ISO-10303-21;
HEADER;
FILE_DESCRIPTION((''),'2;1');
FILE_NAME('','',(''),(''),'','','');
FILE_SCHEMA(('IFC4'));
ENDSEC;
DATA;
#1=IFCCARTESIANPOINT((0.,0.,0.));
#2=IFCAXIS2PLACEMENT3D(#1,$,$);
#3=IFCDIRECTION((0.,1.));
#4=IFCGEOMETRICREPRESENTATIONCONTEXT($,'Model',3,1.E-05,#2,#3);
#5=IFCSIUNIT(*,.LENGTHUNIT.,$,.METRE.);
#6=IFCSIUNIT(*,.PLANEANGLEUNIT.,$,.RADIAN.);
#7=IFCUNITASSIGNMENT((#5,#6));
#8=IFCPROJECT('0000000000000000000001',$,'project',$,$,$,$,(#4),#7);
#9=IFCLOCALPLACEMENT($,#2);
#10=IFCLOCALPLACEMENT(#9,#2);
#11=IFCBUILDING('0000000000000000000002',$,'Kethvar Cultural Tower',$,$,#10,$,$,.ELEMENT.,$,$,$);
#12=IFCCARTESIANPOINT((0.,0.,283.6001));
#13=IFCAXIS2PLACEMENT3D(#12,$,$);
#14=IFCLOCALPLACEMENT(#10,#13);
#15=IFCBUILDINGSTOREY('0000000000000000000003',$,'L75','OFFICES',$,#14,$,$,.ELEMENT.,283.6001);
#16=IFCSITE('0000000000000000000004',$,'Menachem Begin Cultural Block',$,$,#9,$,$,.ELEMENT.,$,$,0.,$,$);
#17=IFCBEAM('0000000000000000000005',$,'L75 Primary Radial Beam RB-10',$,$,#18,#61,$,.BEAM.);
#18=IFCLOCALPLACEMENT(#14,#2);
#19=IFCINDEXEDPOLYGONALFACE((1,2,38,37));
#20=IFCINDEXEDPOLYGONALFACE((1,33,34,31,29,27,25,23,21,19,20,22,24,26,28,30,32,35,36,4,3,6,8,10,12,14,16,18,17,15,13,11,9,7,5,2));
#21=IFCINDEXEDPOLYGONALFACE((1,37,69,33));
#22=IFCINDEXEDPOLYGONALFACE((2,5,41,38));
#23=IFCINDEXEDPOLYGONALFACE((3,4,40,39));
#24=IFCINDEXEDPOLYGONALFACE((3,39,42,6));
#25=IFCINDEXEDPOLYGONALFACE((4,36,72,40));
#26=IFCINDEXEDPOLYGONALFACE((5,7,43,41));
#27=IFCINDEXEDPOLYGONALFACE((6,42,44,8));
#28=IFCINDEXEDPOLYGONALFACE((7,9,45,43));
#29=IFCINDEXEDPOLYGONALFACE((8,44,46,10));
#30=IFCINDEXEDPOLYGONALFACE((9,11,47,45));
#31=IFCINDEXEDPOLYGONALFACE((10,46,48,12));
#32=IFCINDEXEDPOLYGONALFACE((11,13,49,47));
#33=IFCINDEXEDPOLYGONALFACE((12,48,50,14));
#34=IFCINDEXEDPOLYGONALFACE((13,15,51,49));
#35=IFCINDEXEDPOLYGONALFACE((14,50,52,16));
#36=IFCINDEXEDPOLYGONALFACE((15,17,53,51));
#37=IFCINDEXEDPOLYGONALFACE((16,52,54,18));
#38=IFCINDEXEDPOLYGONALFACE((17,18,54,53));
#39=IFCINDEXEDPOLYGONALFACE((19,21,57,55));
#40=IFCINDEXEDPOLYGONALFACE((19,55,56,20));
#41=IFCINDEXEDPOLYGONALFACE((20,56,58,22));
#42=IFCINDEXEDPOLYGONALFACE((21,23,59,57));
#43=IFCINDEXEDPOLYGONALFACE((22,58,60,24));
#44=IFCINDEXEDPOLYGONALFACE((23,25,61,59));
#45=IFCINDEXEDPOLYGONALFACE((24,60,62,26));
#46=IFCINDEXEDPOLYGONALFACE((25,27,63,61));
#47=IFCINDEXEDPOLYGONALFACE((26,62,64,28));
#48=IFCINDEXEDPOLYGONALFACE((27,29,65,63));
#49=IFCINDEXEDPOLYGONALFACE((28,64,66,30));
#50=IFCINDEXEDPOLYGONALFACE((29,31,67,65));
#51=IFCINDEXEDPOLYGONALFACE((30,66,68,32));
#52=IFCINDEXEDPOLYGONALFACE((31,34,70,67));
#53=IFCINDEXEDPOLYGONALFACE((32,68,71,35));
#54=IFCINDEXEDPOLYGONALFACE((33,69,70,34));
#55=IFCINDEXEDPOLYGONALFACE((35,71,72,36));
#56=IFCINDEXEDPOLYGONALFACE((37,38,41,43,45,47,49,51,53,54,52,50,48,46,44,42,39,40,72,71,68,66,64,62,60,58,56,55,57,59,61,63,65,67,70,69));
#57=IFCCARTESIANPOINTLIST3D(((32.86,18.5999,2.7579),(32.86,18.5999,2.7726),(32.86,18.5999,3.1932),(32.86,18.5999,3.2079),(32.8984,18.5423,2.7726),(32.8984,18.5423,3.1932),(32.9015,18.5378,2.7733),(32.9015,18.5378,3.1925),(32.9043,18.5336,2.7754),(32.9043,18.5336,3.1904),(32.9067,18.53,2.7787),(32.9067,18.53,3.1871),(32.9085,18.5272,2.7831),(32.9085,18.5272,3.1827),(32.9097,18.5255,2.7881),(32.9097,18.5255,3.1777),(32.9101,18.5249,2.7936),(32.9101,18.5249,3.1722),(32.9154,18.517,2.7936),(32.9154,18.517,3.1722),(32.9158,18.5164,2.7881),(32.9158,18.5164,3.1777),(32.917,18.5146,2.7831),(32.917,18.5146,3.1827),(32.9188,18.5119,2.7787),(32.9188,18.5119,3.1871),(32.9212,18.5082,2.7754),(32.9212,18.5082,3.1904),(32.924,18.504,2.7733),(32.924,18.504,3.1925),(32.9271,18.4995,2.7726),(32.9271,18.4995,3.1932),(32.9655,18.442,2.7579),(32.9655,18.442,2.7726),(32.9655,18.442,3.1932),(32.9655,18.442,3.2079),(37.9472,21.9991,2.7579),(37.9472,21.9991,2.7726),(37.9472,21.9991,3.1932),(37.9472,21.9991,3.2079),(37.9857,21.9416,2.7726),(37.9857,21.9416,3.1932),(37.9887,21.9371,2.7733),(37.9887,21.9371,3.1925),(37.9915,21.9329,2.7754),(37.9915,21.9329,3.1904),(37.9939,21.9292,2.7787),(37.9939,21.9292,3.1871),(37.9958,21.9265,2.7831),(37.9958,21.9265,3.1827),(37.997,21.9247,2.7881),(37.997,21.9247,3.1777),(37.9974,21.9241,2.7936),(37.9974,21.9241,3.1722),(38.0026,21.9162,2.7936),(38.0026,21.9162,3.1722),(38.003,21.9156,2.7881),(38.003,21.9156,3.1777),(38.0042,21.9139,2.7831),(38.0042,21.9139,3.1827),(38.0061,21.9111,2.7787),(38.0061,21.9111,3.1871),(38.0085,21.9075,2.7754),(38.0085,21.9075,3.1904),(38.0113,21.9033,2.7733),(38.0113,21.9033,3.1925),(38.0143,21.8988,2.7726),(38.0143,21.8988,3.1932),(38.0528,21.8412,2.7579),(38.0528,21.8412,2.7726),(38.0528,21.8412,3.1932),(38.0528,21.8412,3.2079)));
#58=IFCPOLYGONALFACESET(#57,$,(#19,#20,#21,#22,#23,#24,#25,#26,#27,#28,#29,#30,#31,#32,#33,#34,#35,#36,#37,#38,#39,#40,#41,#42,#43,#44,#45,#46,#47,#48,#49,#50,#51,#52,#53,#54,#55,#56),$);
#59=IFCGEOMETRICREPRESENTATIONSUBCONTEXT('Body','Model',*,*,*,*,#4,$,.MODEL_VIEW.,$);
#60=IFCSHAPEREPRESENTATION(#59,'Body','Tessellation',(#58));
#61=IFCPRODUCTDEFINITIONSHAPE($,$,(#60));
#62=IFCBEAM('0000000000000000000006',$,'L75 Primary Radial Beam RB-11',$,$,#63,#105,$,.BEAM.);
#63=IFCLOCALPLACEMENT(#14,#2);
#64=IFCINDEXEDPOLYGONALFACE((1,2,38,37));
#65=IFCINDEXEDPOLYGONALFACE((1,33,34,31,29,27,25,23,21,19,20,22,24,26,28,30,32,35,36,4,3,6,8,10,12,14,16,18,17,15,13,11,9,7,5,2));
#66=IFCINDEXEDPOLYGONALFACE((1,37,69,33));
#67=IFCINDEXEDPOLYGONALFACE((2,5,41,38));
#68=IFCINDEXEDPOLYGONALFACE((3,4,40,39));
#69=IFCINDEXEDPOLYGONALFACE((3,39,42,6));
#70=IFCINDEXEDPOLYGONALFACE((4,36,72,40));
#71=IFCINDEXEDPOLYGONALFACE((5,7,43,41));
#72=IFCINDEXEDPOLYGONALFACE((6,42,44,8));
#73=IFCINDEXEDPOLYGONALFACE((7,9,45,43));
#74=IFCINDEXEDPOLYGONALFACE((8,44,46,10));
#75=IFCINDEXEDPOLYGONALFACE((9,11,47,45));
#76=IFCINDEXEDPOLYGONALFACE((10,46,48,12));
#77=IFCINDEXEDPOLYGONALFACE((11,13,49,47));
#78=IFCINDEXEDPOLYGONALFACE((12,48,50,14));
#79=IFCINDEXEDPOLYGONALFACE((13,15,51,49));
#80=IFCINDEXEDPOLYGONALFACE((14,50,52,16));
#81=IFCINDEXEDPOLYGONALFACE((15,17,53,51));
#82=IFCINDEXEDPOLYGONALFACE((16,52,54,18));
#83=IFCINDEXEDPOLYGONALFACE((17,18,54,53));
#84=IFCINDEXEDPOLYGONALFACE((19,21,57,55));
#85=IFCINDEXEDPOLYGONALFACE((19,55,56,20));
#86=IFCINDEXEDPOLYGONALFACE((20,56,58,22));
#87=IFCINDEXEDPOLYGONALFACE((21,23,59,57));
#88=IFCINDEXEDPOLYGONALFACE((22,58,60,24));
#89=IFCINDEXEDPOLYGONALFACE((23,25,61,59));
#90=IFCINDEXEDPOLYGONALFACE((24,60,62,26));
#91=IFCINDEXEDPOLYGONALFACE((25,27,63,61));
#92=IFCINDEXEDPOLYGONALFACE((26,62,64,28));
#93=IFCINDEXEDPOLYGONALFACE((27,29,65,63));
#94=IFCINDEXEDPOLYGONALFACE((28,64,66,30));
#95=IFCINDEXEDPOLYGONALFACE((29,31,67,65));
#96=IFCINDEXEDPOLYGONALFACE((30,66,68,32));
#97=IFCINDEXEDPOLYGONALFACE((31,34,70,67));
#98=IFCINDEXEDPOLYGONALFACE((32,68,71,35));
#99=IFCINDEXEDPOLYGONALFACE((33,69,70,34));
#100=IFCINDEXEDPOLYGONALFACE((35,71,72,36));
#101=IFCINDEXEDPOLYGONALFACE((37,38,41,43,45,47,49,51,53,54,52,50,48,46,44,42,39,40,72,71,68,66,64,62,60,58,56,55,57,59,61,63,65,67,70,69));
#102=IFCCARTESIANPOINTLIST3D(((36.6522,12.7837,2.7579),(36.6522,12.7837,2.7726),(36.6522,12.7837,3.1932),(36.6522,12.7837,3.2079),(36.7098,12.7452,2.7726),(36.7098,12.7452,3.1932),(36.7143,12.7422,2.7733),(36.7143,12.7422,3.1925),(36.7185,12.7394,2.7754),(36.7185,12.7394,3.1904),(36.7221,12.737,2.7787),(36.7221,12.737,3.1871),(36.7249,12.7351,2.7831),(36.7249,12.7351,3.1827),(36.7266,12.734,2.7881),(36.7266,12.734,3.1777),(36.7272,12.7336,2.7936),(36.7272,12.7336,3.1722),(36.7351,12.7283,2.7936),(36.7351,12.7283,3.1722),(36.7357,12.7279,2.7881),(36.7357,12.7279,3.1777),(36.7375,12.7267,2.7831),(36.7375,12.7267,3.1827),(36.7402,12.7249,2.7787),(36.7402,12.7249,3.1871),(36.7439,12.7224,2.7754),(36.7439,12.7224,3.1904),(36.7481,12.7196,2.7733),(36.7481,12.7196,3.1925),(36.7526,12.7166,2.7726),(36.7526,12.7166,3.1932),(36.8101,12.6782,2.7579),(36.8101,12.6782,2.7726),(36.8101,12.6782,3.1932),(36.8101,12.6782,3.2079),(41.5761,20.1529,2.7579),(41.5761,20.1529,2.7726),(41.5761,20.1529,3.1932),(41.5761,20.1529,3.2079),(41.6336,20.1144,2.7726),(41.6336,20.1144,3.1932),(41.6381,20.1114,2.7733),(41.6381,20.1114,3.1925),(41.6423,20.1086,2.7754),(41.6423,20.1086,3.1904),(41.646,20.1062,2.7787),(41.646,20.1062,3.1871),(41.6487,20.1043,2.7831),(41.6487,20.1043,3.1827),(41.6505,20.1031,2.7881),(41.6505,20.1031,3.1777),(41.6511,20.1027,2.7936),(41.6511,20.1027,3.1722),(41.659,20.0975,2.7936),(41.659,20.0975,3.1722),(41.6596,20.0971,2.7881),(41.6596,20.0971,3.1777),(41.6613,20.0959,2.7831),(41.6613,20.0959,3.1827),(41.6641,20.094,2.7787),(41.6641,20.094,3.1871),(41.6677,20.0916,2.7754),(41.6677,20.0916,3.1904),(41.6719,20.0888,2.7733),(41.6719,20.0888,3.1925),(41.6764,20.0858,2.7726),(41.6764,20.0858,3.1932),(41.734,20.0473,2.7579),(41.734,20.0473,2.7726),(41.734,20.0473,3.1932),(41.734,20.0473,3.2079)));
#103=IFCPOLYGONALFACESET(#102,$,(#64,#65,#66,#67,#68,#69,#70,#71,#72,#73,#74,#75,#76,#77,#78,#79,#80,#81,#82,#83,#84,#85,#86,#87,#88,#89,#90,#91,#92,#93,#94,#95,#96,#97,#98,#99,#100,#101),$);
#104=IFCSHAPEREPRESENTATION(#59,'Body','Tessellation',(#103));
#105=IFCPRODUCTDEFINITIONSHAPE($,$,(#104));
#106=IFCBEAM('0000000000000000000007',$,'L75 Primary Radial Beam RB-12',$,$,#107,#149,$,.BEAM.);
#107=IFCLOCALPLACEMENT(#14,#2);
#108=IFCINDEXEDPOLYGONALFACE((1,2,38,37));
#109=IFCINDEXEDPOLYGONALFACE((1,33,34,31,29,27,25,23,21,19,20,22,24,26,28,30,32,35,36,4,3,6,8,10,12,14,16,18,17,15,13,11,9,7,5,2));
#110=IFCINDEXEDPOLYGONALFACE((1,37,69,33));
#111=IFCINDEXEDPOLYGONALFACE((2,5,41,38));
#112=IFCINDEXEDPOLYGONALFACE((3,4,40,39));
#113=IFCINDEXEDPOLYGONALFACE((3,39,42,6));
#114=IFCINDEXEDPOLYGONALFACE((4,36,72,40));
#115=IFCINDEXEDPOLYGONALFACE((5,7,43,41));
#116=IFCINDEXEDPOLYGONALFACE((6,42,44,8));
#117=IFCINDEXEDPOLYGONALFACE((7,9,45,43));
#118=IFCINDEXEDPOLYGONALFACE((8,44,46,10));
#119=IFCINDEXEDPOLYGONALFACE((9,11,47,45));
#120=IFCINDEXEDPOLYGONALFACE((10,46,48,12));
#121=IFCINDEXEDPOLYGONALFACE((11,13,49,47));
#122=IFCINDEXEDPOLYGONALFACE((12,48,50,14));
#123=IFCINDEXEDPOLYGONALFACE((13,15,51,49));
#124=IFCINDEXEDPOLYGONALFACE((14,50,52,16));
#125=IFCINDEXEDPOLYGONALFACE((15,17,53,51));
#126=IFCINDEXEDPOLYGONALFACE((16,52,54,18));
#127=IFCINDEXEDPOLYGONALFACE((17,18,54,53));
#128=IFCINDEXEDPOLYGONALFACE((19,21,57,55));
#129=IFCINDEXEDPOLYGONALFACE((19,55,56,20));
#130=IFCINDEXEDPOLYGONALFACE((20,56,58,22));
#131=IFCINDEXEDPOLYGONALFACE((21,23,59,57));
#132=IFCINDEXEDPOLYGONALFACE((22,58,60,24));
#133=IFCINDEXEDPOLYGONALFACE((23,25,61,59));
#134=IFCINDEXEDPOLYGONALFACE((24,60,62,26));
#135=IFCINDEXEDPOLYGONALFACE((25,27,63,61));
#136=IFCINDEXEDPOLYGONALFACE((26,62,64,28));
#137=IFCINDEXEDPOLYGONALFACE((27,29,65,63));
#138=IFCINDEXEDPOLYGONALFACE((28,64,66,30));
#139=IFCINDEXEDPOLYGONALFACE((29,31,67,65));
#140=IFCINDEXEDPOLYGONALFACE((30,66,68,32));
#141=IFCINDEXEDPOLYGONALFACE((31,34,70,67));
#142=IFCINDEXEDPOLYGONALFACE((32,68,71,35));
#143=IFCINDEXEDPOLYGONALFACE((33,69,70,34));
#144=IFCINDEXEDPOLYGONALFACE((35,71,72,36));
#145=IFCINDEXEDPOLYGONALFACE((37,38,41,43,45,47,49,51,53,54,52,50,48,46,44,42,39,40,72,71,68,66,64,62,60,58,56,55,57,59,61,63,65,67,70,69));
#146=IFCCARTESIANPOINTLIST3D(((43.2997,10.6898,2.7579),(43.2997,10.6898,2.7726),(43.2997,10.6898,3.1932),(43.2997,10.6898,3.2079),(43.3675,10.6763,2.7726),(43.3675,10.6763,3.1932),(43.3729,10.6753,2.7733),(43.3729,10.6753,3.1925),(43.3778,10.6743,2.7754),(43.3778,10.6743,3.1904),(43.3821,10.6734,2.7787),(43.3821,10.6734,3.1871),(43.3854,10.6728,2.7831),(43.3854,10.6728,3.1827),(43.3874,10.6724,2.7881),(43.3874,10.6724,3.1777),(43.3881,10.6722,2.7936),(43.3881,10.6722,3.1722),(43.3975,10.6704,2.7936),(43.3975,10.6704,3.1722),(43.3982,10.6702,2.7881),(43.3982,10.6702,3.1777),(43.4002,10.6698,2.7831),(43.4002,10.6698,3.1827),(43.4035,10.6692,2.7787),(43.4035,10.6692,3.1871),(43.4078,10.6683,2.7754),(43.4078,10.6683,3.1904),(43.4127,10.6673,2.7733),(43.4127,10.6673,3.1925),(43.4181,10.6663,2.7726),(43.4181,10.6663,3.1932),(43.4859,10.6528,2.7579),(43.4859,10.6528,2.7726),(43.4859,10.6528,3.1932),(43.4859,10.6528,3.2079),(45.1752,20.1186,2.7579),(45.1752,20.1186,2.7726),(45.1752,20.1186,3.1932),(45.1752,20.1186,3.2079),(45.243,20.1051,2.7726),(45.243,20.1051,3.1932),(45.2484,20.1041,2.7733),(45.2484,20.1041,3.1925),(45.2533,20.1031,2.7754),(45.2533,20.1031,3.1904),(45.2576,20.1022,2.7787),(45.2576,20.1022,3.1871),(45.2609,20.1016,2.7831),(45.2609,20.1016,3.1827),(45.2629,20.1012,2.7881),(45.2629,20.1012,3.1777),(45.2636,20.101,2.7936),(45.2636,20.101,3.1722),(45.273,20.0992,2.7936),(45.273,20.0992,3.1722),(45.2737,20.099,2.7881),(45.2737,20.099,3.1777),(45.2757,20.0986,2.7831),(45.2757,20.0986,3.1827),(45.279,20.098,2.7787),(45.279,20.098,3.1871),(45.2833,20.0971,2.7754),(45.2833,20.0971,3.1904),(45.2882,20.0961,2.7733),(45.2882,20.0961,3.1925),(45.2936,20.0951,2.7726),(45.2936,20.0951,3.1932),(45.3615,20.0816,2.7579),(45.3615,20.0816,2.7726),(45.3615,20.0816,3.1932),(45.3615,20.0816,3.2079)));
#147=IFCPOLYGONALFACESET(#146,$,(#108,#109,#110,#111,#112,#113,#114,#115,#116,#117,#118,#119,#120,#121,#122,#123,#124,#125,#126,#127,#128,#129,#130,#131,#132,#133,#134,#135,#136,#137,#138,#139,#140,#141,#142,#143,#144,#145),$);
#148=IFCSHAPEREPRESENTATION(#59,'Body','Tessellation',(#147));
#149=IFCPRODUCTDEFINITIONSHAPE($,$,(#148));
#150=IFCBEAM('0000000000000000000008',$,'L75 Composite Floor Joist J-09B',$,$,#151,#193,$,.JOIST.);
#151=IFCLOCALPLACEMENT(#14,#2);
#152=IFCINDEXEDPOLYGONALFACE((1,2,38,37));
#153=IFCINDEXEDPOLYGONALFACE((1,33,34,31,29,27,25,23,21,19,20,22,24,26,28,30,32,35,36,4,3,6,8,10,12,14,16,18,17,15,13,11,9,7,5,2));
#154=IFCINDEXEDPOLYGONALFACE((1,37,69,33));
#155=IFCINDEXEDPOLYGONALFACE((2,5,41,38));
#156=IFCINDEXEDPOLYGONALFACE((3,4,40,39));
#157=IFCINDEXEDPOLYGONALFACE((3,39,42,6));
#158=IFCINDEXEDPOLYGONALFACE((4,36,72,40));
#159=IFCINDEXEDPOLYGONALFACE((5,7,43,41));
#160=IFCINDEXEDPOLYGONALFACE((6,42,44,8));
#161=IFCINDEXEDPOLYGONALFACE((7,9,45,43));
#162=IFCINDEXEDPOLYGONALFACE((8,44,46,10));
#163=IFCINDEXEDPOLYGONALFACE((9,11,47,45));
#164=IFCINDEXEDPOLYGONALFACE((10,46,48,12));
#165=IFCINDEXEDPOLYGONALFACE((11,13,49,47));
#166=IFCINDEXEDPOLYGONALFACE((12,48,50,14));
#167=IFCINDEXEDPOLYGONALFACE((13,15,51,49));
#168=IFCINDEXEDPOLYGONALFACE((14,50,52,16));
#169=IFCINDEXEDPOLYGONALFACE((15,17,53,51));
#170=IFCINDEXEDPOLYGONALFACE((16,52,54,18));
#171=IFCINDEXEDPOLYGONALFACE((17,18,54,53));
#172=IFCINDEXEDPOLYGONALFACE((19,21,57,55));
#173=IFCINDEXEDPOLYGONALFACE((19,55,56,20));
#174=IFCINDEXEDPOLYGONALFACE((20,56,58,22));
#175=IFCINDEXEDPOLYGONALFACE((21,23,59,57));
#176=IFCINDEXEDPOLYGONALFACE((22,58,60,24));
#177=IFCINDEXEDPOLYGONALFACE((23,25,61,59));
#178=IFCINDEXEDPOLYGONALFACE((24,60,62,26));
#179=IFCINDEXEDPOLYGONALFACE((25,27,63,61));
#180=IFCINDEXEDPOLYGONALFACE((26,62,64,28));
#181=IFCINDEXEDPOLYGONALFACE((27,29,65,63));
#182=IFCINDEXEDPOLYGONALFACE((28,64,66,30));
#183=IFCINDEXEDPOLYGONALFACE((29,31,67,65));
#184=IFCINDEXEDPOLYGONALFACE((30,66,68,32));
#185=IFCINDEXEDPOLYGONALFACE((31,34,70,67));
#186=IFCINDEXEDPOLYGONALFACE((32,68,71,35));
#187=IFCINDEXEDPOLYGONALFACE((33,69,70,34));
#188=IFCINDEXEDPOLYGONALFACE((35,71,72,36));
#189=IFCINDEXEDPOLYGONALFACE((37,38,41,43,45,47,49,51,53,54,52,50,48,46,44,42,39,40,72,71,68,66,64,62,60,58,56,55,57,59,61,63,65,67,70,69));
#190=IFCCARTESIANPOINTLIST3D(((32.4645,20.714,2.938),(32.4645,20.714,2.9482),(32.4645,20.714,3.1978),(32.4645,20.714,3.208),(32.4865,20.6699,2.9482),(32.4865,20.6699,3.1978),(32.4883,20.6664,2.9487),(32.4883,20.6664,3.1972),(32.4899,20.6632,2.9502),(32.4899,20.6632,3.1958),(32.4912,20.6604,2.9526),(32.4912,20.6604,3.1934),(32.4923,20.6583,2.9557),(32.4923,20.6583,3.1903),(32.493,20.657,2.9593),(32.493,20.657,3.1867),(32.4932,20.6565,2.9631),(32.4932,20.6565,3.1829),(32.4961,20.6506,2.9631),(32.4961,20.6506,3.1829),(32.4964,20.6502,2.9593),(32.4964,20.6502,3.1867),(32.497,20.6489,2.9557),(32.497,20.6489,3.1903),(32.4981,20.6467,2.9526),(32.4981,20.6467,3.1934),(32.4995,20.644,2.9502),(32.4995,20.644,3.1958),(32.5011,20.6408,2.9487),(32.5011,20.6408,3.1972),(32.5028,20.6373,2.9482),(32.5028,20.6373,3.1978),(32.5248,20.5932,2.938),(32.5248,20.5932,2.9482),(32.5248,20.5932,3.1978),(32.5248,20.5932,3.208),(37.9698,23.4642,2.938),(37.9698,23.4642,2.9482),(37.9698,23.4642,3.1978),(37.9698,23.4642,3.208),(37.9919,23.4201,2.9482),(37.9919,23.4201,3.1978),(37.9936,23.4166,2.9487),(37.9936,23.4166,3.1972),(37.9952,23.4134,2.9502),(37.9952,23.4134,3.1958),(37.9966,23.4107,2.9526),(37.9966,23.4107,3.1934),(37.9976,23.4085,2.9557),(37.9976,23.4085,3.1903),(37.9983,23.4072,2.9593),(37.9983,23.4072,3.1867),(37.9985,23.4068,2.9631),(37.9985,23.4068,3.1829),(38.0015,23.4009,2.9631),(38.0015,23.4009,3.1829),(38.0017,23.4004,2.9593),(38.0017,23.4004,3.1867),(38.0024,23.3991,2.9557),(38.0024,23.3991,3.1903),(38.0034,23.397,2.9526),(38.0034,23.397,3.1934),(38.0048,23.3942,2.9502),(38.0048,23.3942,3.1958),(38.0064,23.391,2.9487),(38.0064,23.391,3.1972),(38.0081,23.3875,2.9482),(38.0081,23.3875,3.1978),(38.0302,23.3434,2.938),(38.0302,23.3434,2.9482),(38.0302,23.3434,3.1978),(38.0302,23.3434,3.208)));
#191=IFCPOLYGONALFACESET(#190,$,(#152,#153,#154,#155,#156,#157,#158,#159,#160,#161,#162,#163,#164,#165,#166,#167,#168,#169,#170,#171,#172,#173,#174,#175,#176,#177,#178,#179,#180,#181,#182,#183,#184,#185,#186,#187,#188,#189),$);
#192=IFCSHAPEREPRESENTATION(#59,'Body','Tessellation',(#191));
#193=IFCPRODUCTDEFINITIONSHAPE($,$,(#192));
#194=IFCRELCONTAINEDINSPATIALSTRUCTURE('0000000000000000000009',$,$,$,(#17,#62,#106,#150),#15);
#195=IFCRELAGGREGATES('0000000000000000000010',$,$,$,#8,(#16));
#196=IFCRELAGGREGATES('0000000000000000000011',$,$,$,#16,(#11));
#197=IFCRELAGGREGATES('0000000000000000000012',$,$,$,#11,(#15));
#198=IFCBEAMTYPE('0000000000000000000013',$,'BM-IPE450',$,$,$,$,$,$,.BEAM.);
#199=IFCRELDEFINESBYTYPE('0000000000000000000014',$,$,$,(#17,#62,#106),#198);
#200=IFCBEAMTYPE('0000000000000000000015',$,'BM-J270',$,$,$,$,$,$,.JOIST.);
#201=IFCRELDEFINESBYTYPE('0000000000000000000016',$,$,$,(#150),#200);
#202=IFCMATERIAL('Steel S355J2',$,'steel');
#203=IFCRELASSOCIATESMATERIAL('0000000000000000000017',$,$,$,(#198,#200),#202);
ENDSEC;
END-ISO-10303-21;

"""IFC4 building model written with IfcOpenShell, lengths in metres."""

from ifc_helpers import new_model, si_unit, direction, frame, origin, origin_2d, place, context, subcontext, project, spatial, i_section, extrude, source, transform, mapped, material, material_profile, profile_set, type_object, element, save


model = new_model("IFC4")

# Units and contexts
model_context = context("Model", 3, precision=1e-05, world=origin(), true_north=direction((0.0, 1.0)))
body_context = subcontext(model_context, "Body", "Model", "MODEL_VIEW")
ifc_project = project(units=[si_unit("LENGTHUNIT", "METRE"), si_unit("PLANEANGLEUNIT", "RADIAN")], contexts=[model_context])

# Site, building, storey
site_placement = place(None, origin())
site = spatial("IfcSite", under=ifc_project, at=site_placement, Name="Menachem Begin Cultural Block", CompositionType="ELEMENT", RefElevation=0.0)
building_placement = place(site_placement, origin())
building = spatial("IfcBuilding", under=site, at=building_placement, Name="Kethvar Cultural Tower", CompositionType="ELEMENT")
storey_placement = place(building_placement, frame((0.0, 0.0, 283.6001)))
storey = spatial("IfcBuildingStorey", under=building, at=storey_placement, Name="L75", Description="OFFICES", CompositionType="ELEMENT", Elevation=283.6001)

# Shared definitions
ifc_material_1 = material(Name="Steel S355J2", Category="steel")

# Beams
ifc_material_profile_1 = material_profile(ifc_material_1, i_section(OverallWidth=0.1899, OverallDepth=0.45, WebThickness=0.0095, FlangeThickness=0.0146, FilletRadius=0.021, at=origin_2d()), Name="Steel S355J2 — IPE450")
ifc_profile_set_1 = profile_set([ifc_material_profile_1], Name="Steel S355J2 — IPE450")
beam_type_1 = type_object("IfcBeamType", Name="BM-IPE450", PredefinedType="BEAM", material=ifc_profile_set_1)
shared_shape_1 = source(origin(), body_context, "Body", "SweptSolid", [
    extrude(i_section(OverallWidth=0.1899, OverallDepth=0.45, WebThickness=0.0095, FlangeThickness=0.0146, FilletRadius=0.021, at=origin_2d()), origin(), (0.0, 0.0, 1.0), 6.1184),
])
beam_1_placement = place(storey_placement, frame((38.0, 21.9202, 2.9829), z_axis=(-0.831467, -0.555575, 0.0), x_axis=(0.555575, -0.831467, 0.0)))
element("IfcBeam", 1, at=beam_1_placement, inside=storey, type_object=beam_type_1, Name="L75 Primary Radial Beam RB-10", PredefinedType="BEAM", context=body_context, shape_type="MappedRepresentation", body=[
    mapped(shared_shape_1, transform((0.0, 0.0, 0.0), scale=1.0)),
])
shared_shape_2 = source(origin(), body_context, "Body", "SweptSolid", [
    extrude(i_section(OverallWidth=0.1899, OverallDepth=0.45, WebThickness=0.0095, FlangeThickness=0.0146, FilletRadius=0.021, at=origin_2d()), origin(), (0.0, 0.0, 1.0), 8.8628),
])
beam_2_placement = place(storey_placement, frame((41.655, 20.1001, 2.9829), z_axis=(-0.555564, -0.831473, 0.0), x_axis=(0.831473, -0.555564, 0.0)))
element("IfcBeam", 2, at=beam_2_placement, inside=storey, type_object=beam_type_1, Name="L75 Primary Radial Beam RB-11", PredefinedType="BEAM", context=body_context, shape_type="MappedRepresentation", body=[
    mapped(shared_shape_2, transform((0.0, 0.0, 0.0), scale=1.0)),
])
shared_shape_3 = source(origin(), body_context, "Body", "SweptSolid", [
    extrude(i_section(OverallWidth=0.1899, OverallDepth=0.45, WebThickness=0.0095, FlangeThickness=0.0146, FilletRadius=0.021, at=origin_2d()), origin(), (0.0, 0.0, 1.0), 9.6135),
])
beam_3_placement = place(storey_placement, frame((45.2683, 20.1001, 2.9829), z_axis=(-0.19509, -0.980785, 0.0), x_axis=(0.980785, -0.19509, 0.0)))
element("IfcBeam", 3, at=beam_3_placement, inside=storey, type_object=beam_type_1, Name="L75 Primary Radial Beam RB-12", PredefinedType="BEAM", context=body_context, shape_type="MappedRepresentation", body=[
    mapped(shared_shape_3, transform((0.0, 0.0, 0.0), scale=1.0)),
])
ifc_material_profile_2 = material_profile(ifc_material_1, i_section(OverallWidth=0.135, OverallDepth=0.27, WebThickness=0.0066, FlangeThickness=0.0103, FilletRadius=0.0149, at=origin_2d()), Name="Steel S355J2 — IPE270")
ifc_profile_set_2 = profile_set([ifc_material_profile_2], Name="Steel S355J2 — IPE270")
beam_type_2 = type_object("IfcBeamType", Name="BM-J270", PredefinedType="JOIST", material=ifc_profile_set_2)
shared_shape_4 = source(origin(), body_context, "Body", "SweptSolid", [
    extrude(i_section(OverallWidth=0.135, OverallDepth=0.27, WebThickness=0.0066, FlangeThickness=0.0103, FilletRadius=0.0149, at=origin_2d()), origin(), (0.0, 0.0, 1.0), 6.1541),
])
beam_4_placement = place(storey_placement, frame((38.0, 23.4038, 3.073), z_axis=(-0.894586, -0.446896, 0.0), x_axis=(0.446896, -0.894586, 0.0)))
element("IfcBeam", 4, at=beam_4_placement, inside=storey, type_object=beam_type_2, Name="L75 Composite Floor Joist J-09B", PredefinedType="JOIST", context=body_context, shape_type="MappedRepresentation", body=[
    mapped(shared_shape_4, transform((0.0, 0.0, 0.0), scale=1.0)),
])

save(model, "model.ifc")
